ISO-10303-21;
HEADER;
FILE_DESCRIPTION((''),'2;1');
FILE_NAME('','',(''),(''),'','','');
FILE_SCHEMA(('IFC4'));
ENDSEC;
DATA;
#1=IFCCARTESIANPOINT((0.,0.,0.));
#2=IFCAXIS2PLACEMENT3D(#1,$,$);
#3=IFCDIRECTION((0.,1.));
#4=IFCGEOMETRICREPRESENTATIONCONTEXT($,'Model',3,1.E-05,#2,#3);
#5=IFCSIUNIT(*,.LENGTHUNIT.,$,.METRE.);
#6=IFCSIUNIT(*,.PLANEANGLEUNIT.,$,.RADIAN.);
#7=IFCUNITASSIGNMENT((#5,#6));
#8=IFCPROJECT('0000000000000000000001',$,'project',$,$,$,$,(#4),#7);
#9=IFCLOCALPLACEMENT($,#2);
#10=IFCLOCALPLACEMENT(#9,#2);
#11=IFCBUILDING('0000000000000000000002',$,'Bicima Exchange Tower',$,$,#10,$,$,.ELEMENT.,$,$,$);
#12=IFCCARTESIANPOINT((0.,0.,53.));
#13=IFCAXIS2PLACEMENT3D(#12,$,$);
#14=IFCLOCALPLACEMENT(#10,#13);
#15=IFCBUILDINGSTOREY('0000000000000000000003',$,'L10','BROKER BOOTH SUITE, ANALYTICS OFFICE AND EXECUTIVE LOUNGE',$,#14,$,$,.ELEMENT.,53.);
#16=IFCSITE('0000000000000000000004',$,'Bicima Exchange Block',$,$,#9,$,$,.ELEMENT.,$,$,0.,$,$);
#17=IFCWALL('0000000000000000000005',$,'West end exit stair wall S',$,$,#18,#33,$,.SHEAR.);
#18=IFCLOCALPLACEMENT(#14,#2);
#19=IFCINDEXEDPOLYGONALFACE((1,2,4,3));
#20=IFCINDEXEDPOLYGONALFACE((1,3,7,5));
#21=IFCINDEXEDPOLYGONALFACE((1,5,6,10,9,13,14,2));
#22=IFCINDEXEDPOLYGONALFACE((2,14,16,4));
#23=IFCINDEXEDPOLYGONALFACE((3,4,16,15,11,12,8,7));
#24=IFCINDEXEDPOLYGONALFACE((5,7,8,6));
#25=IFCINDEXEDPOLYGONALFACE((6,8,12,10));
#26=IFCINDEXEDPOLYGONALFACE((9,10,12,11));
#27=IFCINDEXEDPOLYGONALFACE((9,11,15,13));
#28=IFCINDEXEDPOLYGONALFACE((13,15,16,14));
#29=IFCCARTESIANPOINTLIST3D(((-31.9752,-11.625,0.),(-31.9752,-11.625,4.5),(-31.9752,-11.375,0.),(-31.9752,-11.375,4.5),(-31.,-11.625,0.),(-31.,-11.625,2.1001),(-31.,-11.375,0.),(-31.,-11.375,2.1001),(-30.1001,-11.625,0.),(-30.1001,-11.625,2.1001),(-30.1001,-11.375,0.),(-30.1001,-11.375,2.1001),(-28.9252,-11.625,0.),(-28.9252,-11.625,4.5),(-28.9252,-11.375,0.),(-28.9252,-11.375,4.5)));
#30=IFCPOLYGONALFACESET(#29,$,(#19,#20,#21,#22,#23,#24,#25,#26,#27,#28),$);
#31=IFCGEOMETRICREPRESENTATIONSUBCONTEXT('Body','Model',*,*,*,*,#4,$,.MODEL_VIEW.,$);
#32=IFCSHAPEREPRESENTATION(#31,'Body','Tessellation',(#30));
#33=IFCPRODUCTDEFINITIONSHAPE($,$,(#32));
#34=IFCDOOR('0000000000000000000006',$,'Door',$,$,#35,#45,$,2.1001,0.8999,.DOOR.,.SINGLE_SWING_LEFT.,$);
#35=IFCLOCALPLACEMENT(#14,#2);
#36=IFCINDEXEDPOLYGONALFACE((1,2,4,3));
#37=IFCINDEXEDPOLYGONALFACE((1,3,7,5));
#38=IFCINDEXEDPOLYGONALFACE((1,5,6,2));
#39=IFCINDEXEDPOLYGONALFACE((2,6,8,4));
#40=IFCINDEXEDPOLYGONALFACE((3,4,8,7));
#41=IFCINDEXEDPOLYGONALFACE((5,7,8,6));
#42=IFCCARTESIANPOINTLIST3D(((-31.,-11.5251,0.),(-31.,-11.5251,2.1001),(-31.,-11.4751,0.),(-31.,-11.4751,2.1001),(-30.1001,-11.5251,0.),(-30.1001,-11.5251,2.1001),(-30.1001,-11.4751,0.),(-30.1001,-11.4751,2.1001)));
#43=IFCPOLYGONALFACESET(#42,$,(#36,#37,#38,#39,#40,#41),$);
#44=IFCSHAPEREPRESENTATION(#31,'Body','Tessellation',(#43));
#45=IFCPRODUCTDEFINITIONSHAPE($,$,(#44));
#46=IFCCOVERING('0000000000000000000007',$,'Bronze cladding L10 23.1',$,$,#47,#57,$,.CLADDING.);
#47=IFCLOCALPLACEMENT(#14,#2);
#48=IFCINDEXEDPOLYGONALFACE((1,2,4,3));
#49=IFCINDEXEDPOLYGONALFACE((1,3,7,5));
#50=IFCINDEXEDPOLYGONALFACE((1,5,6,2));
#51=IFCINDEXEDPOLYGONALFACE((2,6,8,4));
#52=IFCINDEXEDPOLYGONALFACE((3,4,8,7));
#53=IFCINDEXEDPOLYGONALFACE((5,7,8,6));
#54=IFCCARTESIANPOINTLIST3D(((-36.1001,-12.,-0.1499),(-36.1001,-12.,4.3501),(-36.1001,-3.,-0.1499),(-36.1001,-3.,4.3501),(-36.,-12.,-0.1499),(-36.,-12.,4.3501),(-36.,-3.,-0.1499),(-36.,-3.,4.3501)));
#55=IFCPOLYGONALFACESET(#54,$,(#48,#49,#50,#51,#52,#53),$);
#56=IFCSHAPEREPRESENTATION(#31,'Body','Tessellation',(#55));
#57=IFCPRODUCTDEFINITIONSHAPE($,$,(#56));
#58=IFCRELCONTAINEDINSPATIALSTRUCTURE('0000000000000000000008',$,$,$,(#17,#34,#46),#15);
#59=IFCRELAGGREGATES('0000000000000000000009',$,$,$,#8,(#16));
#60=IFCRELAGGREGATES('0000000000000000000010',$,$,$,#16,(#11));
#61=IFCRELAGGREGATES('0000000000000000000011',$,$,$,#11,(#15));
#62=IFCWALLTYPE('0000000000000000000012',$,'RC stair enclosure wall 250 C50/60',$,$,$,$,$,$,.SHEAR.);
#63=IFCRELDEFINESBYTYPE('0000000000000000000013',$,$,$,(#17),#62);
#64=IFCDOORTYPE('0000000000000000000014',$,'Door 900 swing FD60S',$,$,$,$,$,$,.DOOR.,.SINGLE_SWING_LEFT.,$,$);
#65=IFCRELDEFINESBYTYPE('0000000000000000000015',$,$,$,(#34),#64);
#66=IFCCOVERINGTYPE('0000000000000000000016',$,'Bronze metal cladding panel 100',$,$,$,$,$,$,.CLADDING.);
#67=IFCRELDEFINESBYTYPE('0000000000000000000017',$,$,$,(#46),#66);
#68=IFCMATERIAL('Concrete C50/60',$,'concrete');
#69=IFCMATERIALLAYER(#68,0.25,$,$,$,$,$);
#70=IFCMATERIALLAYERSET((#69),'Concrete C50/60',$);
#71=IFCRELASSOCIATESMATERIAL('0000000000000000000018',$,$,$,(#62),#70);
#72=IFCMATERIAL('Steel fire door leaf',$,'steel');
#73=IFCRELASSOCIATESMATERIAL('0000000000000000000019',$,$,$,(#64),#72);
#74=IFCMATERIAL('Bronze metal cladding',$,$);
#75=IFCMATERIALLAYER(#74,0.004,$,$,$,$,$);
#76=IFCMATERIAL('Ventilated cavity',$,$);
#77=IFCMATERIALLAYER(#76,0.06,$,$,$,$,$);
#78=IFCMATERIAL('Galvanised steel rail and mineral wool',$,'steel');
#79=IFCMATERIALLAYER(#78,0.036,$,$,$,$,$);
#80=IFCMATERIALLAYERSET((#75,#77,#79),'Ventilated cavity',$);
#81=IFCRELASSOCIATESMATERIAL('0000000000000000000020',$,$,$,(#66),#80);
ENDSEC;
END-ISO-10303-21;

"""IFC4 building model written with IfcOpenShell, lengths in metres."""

from ifc_helpers import new_model, si_unit, direction, frame, frame_2d, origin, origin_2d, place, context, subcontext, project, spatial, rectangle, extrude, material, layer, layer_set, type_object, element, fill, save


model = new_model("IFC4")

# Units and contexts
model_context = context("Model", 3, precision=1e-05, world=origin(), true_north=direction((0.0, 1.0)))
body_context = subcontext(model_context, "Body", "Model", "MODEL_VIEW")
ifc_project = project(units=[si_unit("LENGTHUNIT", "METRE"), si_unit("PLANEANGLEUNIT", "RADIAN")], contexts=[model_context])

# Site, building, storey
site_placement = place(None, origin())
site = spatial("IfcSite", under=ifc_project, at=site_placement, Name="Bicima Exchange Block", CompositionType="ELEMENT", RefElevation=0.0)
building_placement = place(site_placement, origin())
building = spatial("IfcBuilding", under=site, at=building_placement, Name="Bicima Exchange Tower", CompositionType="ELEMENT")
storey_placement = place(building_placement, frame((0.0, 0.0, 53.0)))
storey = spatial("IfcBuildingStorey", under=building, at=storey_placement, Name="L10", Description="BROKER BOOTH SUITE, ANALYTICS OFFICE AND EXECUTIVE LOUNGE", CompositionType="ELEMENT", Elevation=53.0)

# Shared definitions
ifc_material_1 = material(Name="Steel fire door leaf", Category="steel")

# Shared definitions
ifc_material_2 = material(Name="Concrete C50/60", Category="concrete")
ifc_layer_1 = layer(ifc_material_2, 0.25)
ifc_layer_set_1 = layer_set([ifc_layer_1], Name="Concrete C50/60")
wall_type_1 = type_object("IfcWallType", Name="RC stair enclosure wall 250 C50/60", PredefinedType="SHEAR", material=ifc_layer_set_1)

# Wall, opening, door
wall_1_placement = place(storey_placement, frame((-31.9751, -11.5, 0.0), z_axis=(0.0, 0.0, 1.0), x_axis=(1.0, 0.0, 0.0)))
wall_1 = element("IfcWall", 1, at=wall_1_placement, inside=storey, type_object=wall_type_1, Name="West end exit stair wall S", PredefinedType="SHEAR", context=body_context, shape_type="SweptSolid", body=[
    extrude(rectangle(XDim=3.05, YDim=0.25, at=frame_2d((1.5249, 0.0))), origin(), (0.0, 0.0, 1.0), 4.5),
])
opening_1_placement = place(wall_1_placement, frame((0.9751, 0.0, 0.0)))
opening_1 = element("IfcOpeningElement", 2, at=opening_1_placement, cuts=wall_1, PredefinedType="OPENING", context=body_context, shape_type="SweptSolid", body=[
    extrude(rectangle(XDim=0.8999, YDim=2.1001, at=frame_2d((0.45, 1.05))), frame((0.0, 0.137, 0.0), z_axis=(0.0, -1.0, 0.0), x_axis=(1.0, 0.0, 0.0)), (0.0, 0.0, 1.0), 0.2739),
])
door_type_1 = type_object("IfcDoorType", Name="Door 900 swing FD60S", OperationType="SINGLE_SWING_LEFT", PredefinedType="DOOR", material=ifc_material_1)
door_1_placement = place(opening_1_placement, origin())
door_1 = element("IfcDoor", 3, at=door_1_placement, inside=storey, type_object=door_type_1, Name="Door", OperationType="SINGLE_SWING_LEFT", OverallHeight=2.1001, OverallWidth=0.8999, PredefinedType="DOOR", context=body_context, shape_type="SweptSolid", body=[
    extrude(rectangle(XDim=0.8999, YDim=2.1001, at=frame_2d((0.45, 1.05))), frame((0.0, 0.0249, 0.0), z_axis=(0.0, -1.0, 0.0), x_axis=(1.0, 0.0, 0.0)), (0.0, 0.0, 1.0), 0.05),
])
fill(opening_1, door_1)

# Covering
ifc_material_3 = material(Name="Bronze metal cladding")
ifc_layer_2 = layer(ifc_material_3, 0.004)
ifc_material_4 = material(Name="Ventilated cavity")
ifc_layer_3 = layer(ifc_material_4, 0.06)
ifc_material_5 = material(Name="Galvanised steel rail and mineral wool", Category="steel")
ifc_layer_4 = layer(ifc_material_5, 0.036)
ifc_layer_set_2 = layer_set([ifc_layer_2, ifc_layer_3, ifc_layer_4], Name="Ventilated cavity")
covering_type = type_object("IfcCoveringType", Name="Bronze metal cladding panel 100", PredefinedType="CLADDING", material=ifc_layer_set_2)
covering_placement = place(storey_placement, frame((-36.05, -7.5, -0.1499), z_axis=(0.0, 0.0, 1.0), x_axis=(0.0, -1.0, 0.0)))
element("IfcCovering", 4, at=covering_placement, inside=storey, type_object=covering_type, Name="Bronze cladding L10 23.1", PredefinedType="CLADDING", context=body_context, shape_type="SweptSolid", body=[
    extrude(rectangle(XDim=9.0, YDim=0.1001, at=origin_2d()), origin(), (0.0, 0.0, 1.0), 4.5),
])

save(model, "model.ifc")
